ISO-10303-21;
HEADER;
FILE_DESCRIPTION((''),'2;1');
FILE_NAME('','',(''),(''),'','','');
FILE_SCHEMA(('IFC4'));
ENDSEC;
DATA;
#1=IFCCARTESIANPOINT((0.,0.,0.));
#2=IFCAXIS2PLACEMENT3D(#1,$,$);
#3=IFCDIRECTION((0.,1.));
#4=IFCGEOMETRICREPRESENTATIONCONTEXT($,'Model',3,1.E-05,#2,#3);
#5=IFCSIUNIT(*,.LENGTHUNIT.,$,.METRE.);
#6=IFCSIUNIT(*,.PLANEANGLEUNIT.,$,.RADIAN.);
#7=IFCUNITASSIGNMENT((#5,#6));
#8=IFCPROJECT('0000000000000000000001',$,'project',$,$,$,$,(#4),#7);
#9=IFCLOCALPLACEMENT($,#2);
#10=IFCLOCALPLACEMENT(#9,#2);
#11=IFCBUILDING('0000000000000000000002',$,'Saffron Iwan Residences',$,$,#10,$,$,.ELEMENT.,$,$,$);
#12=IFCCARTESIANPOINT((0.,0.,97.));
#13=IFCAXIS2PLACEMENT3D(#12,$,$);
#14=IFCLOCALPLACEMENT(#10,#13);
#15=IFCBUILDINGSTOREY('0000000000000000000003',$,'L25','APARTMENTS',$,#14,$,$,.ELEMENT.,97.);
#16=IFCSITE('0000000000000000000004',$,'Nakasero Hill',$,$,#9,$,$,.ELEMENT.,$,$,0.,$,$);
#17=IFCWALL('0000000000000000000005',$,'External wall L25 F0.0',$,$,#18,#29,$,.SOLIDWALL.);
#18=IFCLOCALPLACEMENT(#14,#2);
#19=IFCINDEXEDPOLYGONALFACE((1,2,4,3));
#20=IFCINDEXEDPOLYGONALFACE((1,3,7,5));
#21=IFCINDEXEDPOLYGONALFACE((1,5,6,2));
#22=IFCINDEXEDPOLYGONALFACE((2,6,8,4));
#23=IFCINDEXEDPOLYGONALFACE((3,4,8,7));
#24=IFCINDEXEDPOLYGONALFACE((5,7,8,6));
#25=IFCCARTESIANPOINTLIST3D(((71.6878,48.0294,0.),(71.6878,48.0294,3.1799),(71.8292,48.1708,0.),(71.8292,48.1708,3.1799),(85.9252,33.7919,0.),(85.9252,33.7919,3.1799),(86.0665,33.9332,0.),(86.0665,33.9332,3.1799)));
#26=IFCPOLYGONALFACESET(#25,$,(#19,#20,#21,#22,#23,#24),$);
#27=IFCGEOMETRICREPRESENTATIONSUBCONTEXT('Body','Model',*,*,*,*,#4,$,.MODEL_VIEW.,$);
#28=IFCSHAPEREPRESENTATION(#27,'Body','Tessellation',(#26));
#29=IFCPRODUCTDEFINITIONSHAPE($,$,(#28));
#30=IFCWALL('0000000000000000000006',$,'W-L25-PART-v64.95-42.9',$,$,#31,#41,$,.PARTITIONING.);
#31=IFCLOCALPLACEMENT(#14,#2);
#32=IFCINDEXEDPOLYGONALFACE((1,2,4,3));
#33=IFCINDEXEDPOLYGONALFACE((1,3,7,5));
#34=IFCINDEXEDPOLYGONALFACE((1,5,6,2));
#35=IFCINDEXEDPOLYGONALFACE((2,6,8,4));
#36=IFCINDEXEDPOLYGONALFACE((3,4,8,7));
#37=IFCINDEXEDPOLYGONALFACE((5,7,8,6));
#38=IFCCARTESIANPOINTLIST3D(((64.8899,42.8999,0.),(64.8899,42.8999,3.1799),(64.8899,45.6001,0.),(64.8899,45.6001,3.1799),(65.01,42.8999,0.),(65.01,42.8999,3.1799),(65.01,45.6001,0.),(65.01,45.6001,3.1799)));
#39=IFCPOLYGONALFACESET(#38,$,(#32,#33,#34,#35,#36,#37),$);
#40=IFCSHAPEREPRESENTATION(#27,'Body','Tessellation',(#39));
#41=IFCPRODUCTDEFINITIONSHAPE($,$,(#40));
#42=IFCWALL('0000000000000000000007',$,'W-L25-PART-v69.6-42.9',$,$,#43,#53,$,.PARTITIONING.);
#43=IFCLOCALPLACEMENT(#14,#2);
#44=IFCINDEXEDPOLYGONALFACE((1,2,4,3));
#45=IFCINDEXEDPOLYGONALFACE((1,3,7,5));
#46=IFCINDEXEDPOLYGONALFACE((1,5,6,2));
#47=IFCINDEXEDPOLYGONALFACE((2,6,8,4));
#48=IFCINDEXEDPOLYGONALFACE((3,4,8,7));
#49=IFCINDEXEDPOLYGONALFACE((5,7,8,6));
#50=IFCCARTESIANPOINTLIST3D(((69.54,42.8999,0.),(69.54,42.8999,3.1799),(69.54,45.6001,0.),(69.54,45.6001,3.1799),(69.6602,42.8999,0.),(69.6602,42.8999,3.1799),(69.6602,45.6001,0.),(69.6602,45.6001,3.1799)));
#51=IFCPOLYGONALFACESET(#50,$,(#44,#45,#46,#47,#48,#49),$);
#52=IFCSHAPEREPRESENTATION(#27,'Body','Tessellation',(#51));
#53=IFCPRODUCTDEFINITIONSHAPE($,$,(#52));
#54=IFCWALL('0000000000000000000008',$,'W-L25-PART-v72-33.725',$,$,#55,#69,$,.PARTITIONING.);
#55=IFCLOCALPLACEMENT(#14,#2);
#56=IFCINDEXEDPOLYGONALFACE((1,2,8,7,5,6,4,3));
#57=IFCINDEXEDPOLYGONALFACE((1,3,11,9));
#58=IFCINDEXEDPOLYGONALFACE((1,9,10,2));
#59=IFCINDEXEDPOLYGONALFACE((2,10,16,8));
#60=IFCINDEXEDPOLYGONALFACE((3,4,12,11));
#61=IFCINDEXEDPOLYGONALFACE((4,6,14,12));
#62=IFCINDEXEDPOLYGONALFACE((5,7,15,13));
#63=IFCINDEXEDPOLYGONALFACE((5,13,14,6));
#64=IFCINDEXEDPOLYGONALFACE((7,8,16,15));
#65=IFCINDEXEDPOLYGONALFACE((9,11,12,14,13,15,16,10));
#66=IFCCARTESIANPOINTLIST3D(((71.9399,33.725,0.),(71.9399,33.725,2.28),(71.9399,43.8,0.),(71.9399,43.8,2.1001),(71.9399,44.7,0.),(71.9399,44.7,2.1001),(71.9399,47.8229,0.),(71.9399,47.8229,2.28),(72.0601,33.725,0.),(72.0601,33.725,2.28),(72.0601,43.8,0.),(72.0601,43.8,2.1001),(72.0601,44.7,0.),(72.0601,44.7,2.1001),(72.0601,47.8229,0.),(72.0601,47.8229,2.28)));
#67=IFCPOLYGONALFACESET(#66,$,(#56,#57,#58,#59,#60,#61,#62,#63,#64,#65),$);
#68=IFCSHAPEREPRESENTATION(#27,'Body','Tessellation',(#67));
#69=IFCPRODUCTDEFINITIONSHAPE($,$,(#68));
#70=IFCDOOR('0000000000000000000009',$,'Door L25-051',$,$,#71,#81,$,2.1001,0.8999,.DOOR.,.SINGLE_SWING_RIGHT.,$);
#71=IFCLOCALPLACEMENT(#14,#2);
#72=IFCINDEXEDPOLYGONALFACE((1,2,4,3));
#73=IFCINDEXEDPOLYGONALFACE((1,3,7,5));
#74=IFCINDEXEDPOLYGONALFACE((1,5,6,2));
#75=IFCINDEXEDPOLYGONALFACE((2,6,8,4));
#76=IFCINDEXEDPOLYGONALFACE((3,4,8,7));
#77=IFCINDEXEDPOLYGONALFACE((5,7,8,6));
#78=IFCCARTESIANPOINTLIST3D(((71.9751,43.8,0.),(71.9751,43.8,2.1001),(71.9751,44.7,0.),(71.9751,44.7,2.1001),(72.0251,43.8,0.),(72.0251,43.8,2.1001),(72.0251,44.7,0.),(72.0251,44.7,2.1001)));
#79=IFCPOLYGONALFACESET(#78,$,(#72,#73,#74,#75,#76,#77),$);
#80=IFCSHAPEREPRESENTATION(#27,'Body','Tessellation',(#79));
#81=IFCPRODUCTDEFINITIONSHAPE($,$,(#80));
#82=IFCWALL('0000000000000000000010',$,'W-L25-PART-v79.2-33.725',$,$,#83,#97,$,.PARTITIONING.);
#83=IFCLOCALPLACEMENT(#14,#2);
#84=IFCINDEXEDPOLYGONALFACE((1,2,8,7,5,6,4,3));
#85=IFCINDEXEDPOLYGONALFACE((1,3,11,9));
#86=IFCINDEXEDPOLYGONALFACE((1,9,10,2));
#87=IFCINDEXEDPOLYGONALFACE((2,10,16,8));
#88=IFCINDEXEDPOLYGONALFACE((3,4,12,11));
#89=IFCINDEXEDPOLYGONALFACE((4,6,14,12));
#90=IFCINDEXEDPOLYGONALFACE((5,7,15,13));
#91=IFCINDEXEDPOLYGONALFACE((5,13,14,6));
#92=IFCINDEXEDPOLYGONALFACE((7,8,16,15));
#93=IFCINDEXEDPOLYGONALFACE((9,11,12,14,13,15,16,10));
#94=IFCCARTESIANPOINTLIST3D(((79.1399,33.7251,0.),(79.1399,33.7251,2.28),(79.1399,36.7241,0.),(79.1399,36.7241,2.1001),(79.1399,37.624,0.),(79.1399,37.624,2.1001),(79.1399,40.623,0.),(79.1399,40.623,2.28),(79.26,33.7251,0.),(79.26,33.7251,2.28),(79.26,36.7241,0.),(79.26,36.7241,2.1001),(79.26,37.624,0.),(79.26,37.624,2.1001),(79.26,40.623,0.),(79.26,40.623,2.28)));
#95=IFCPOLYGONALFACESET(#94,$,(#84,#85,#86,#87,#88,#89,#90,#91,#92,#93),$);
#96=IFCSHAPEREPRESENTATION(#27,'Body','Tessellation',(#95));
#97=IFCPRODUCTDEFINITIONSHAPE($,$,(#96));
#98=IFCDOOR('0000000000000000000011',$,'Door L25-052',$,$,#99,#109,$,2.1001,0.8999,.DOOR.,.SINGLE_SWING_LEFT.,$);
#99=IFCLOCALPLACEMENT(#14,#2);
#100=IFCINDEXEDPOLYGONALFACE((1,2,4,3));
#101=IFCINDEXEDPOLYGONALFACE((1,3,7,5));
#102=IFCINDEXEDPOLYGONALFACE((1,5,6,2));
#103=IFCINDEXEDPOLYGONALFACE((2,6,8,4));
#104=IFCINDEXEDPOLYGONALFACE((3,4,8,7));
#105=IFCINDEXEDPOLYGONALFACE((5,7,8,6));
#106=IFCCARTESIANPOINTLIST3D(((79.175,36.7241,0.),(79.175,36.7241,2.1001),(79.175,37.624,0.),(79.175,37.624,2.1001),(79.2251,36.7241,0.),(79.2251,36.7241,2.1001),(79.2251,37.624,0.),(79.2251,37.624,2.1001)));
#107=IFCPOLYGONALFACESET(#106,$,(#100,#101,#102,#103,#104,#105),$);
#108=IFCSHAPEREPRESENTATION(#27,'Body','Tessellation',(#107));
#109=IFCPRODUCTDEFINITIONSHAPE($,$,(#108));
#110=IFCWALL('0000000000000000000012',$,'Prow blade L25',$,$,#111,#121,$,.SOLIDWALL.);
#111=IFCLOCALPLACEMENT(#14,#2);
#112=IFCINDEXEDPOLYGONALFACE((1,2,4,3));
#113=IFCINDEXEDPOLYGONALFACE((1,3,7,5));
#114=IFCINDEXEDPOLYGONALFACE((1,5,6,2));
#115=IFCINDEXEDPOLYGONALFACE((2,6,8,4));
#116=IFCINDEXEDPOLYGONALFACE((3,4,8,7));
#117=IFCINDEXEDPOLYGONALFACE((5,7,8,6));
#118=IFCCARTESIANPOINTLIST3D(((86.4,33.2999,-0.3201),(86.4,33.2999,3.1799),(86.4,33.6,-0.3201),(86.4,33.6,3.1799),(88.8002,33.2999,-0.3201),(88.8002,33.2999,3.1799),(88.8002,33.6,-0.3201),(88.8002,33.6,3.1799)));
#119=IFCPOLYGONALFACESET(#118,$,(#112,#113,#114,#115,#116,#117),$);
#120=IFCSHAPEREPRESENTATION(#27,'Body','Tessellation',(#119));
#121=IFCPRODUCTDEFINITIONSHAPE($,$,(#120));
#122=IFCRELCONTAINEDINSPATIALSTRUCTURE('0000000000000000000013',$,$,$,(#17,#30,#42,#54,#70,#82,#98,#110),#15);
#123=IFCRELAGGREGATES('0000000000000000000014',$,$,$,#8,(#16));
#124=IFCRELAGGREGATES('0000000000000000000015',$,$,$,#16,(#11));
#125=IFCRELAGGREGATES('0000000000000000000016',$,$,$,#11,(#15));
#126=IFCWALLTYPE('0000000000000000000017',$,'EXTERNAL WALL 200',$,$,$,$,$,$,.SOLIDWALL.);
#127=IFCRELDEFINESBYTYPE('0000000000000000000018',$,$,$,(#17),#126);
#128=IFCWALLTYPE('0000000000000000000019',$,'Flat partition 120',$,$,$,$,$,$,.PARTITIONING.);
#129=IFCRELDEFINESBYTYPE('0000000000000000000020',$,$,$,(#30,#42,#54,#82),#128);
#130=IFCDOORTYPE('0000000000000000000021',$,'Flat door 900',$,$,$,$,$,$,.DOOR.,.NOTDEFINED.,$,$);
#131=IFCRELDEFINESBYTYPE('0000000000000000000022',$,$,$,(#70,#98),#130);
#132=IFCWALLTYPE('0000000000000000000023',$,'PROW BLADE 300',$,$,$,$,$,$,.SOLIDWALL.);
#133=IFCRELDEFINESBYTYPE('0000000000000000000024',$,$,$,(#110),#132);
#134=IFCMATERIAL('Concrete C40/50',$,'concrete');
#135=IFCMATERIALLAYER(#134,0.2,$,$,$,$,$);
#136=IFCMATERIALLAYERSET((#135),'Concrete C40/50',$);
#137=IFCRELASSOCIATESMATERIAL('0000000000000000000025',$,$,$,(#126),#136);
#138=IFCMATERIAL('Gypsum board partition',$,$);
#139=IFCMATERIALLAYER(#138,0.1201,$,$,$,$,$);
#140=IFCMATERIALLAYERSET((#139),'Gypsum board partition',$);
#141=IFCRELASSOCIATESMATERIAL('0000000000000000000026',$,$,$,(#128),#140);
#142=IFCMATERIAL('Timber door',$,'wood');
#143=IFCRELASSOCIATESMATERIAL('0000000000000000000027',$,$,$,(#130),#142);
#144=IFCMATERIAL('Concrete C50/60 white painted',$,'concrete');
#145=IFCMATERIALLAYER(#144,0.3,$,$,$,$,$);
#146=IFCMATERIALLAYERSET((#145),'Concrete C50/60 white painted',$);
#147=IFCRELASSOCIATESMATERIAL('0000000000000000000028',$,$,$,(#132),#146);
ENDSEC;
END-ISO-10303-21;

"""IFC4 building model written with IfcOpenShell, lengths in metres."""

from ifc_helpers import new_model, si_unit, direction, frame, frame_2d, origin, place, context, subcontext, project, spatial, rectangle, extrude, material, layer, layer_set, type_object, element, fill, save


model = new_model("IFC4")

# Units and contexts
model_context = context("Model", 3, precision=1e-05, world=origin(), true_north=direction((0.0, 1.0)))
body_context = subcontext(model_context, "Body", "Model", "MODEL_VIEW")
ifc_project = project(units=[si_unit("LENGTHUNIT", "METRE"), si_unit("PLANEANGLEUNIT", "RADIAN")], contexts=[model_context])

# Site, building, storey
site_placement = place(None, origin())
site = spatial("IfcSite", under=ifc_project, at=site_placement, Name="Nakasero Hill", CompositionType="ELEMENT", RefElevation=0.0)
building_placement = place(site_placement, origin())
building = spatial("IfcBuilding", under=site, at=building_placement, Name="Saffron Iwan Residences", CompositionType="ELEMENT")
storey_placement = place(building_placement, frame((0.0, 0.0, 97.0)))
storey = spatial("IfcBuildingStorey", under=building, at=storey_placement, Name="L25", Description="APARTMENTS", CompositionType="ELEMENT", Elevation=97.0)

# Shared definitions
ifc_material_1 = material(Name="Concrete C50/60 white painted", Category="concrete")

# Walls
ifc_material_2 = material(Name="Concrete C40/50", Category="concrete")
ifc_layer_1 = layer(ifc_material_2, 0.2)
ifc_layer_set_1 = layer_set([ifc_layer_1], Name="Concrete C40/50")
wall_type_1 = type_object("IfcWallType", Name="EXTERNAL WALL 200", PredefinedType="SOLIDWALL", material=ifc_layer_set_1)
wall_1_placement = place(storey_placement, frame((85.9958, 33.8625, 0.0), z_axis=(0.0, 0.0, 1.0), x_axis=(-0.707101, 0.707113, 0.0)))
element("IfcWall", 1, at=wall_1_placement, inside=storey, type_object=wall_type_1, Name="External wall L25 F0.0", PredefinedType="SOLIDWALL", context=body_context, shape_type="SweptSolid", body=[
    extrude(rectangle(XDim=20.1348, YDim=0.2, at=frame_2d((10.0674, 0.0))), origin(), (0.0, 0.0, 1.0), 3.1799),
])
ifc_material_3 = material(Name="Gypsum board partition")
ifc_layer_2 = layer(ifc_material_3, 0.1201)
ifc_layer_set_2 = layer_set([ifc_layer_2], Name="Gypsum board partition")
wall_type_2 = type_object("IfcWallType", Name="Flat partition 120", PredefinedType="PARTITIONING", material=ifc_layer_set_2)
for number, where, z_axis, x_axis, name in (
    (2, (64.95, 42.8999, 0.0), (0.0, 0.0, 1.0), (0.0, 1.0, 0.0), "W-L25-PART-v64.95-42.9"),
    (3, (69.6001, 42.8999, 0.0), (0.0, 0.0, 1.0), (0.0, 1.0, 0.0), "W-L25-PART-v69.6-42.9"),
):
    element("IfcWall", number, at=place(storey_placement, frame(where, z_axis=z_axis, x_axis=x_axis)), inside=storey, type_object=wall_type_2, Name=name, PredefinedType="PARTITIONING", context=body_context, shape_type="SweptSolid", body=[
        extrude(rectangle(XDim=2.7002, YDim=0.1201, at=frame_2d((1.3501, 0.0))), origin(), (0.0, 0.0, 1.0), 3.1799),
    ])

# Walls, openings, doors
wall_2_placement = place(storey_placement, frame((72.0, 33.7251, 0.0), z_axis=(0.0, 0.0, 1.0), x_axis=(0.0, 1.0, 0.0)))
wall_2 = element("IfcWall", 4, at=wall_2_placement, inside=storey, type_object=wall_type_2, Name="W-L25-PART-v72-33.725", PredefinedType="PARTITIONING", context=body_context, shape_type="SweptSolid", body=[
    extrude(rectangle(XDim=14.0979, YDim=0.1201, at=frame_2d((7.0488, 0.0))), origin(), (0.0, 0.0, 1.0), 2.28),
])
opening_1_placement = place(wall_2_placement, frame((10.075, 0.0, 0.0)))
opening_1 = element("IfcOpeningElement", 5, at=opening_1_placement, cuts=wall_2, PredefinedType="OPENING", context=body_context, shape_type="SweptSolid", body=[
    extrude(rectangle(XDim=0.8999, YDim=2.1001, at=frame_2d((0.45, 1.05))), frame((0.0, 0.0701, 0.0), z_axis=(0.0, -1.0, 0.0), x_axis=(1.0, 0.0, 0.0)), (0.0, 0.0, 1.0), 0.1401),
])
ifc_material_4 = material(Name="Timber door", Category="wood")
door_type = type_object("IfcDoorType", Name="Flat door 900", OperationType="NOTDEFINED", PredefinedType="DOOR", material=ifc_material_4)
door_1_placement = place(opening_1_placement, origin())
door_1 = element("IfcDoor", 6, at=door_1_placement, inside=storey, type_object=door_type, Name="Door L25-051", OperationType="SINGLE_SWING_RIGHT", OverallHeight=2.1001, OverallWidth=0.8999, PredefinedType="DOOR", context=body_context, shape_type="SweptSolid", body=[
    extrude(rectangle(XDim=0.8999, YDim=2.1001, at=frame_2d((0.45, 1.05))), frame((0.0, 0.0249, 0.0), z_axis=(0.0, -1.0, 0.0), x_axis=(1.0, 0.0, 0.0)), (0.0, 0.0, 1.0), 0.05),
])
fill(opening_1, door_1)
wall_3_placement = place(storey_placement, frame((79.2, 33.7251, 0.0), z_axis=(0.0, 0.0, 1.0), x_axis=(0.0, 1.0, 0.0)))
wall_3 = element("IfcWall", 7, at=wall_3_placement, inside=storey, type_object=wall_type_2, Name="W-L25-PART-v79.2-33.725", PredefinedType="PARTITIONING", context=body_context, shape_type="SweptSolid", body=[
    extrude(rectangle(XDim=6.8979, YDim=0.1201, at=frame_2d((3.449, 0.0))), origin(), (0.0, 0.0, 1.0), 2.28),
])
opening_2_placement = place(wall_3_placement, frame((2.999, 0.0, 0.0)))
opening_2 = element("IfcOpeningElement", 8, at=opening_2_placement, cuts=wall_3, PredefinedType="OPENING", context=body_context, shape_type="SweptSolid", body=[
    extrude(rectangle(XDim=0.8999, YDim=2.1001, at=frame_2d((0.45, 1.05))), frame((0.0, 0.0701, 0.0), z_axis=(0.0, -1.0, 0.0), x_axis=(1.0, 0.0, 0.0)), (0.0, 0.0, 1.0), 0.1401),
])
door_2_placement = place(opening_2_placement, origin())
door_2 = element("IfcDoor", 9, at=door_2_placement, inside=storey, type_object=door_type, Name="Door L25-052", OperationType="SINGLE_SWING_LEFT", OverallHeight=2.1001, OverallWidth=0.8999, PredefinedType="DOOR", context=body_context, shape_type="SweptSolid", body=[
    extrude(rectangle(XDim=0.8999, YDim=2.1001, at=frame_2d((0.45, 1.05))), frame((0.0, 0.0249, 0.0), z_axis=(0.0, -1.0, 0.0), x_axis=(1.0, 0.0, 0.0)), (0.0, 0.0, 1.0), 0.05),
])
fill(opening_2, door_2)

# Wall
ifc_layer_3 = layer(ifc_material_1, 0.3)
ifc_layer_set_3 = layer_set([ifc_layer_3], Name="Concrete C50/60 white painted")
wall_type_3 = type_object("IfcWallType", Name="PROW BLADE 300", PredefinedType="SOLIDWALL", material=ifc_layer_set_3)
wall_4_placement = place(storey_placement, frame((86.3999, 33.45, -0.3201), z_axis=(0.0, 0.0, 1.0), x_axis=(1.0, 0.0, 0.0)))
element("IfcWall", 10, at=wall_4_placement, inside=storey, type_object=wall_type_3, Name="Prow blade L25", PredefinedType="SOLIDWALL", context=body_context, shape_type="SweptSolid", body=[
    extrude(rectangle(XDim=2.4001, YDim=0.3, at=frame_2d((1.2002, 0.0))), origin(), (0.0, 0.0, 1.0), 3.5),
])

save(model, "model.ifc")
